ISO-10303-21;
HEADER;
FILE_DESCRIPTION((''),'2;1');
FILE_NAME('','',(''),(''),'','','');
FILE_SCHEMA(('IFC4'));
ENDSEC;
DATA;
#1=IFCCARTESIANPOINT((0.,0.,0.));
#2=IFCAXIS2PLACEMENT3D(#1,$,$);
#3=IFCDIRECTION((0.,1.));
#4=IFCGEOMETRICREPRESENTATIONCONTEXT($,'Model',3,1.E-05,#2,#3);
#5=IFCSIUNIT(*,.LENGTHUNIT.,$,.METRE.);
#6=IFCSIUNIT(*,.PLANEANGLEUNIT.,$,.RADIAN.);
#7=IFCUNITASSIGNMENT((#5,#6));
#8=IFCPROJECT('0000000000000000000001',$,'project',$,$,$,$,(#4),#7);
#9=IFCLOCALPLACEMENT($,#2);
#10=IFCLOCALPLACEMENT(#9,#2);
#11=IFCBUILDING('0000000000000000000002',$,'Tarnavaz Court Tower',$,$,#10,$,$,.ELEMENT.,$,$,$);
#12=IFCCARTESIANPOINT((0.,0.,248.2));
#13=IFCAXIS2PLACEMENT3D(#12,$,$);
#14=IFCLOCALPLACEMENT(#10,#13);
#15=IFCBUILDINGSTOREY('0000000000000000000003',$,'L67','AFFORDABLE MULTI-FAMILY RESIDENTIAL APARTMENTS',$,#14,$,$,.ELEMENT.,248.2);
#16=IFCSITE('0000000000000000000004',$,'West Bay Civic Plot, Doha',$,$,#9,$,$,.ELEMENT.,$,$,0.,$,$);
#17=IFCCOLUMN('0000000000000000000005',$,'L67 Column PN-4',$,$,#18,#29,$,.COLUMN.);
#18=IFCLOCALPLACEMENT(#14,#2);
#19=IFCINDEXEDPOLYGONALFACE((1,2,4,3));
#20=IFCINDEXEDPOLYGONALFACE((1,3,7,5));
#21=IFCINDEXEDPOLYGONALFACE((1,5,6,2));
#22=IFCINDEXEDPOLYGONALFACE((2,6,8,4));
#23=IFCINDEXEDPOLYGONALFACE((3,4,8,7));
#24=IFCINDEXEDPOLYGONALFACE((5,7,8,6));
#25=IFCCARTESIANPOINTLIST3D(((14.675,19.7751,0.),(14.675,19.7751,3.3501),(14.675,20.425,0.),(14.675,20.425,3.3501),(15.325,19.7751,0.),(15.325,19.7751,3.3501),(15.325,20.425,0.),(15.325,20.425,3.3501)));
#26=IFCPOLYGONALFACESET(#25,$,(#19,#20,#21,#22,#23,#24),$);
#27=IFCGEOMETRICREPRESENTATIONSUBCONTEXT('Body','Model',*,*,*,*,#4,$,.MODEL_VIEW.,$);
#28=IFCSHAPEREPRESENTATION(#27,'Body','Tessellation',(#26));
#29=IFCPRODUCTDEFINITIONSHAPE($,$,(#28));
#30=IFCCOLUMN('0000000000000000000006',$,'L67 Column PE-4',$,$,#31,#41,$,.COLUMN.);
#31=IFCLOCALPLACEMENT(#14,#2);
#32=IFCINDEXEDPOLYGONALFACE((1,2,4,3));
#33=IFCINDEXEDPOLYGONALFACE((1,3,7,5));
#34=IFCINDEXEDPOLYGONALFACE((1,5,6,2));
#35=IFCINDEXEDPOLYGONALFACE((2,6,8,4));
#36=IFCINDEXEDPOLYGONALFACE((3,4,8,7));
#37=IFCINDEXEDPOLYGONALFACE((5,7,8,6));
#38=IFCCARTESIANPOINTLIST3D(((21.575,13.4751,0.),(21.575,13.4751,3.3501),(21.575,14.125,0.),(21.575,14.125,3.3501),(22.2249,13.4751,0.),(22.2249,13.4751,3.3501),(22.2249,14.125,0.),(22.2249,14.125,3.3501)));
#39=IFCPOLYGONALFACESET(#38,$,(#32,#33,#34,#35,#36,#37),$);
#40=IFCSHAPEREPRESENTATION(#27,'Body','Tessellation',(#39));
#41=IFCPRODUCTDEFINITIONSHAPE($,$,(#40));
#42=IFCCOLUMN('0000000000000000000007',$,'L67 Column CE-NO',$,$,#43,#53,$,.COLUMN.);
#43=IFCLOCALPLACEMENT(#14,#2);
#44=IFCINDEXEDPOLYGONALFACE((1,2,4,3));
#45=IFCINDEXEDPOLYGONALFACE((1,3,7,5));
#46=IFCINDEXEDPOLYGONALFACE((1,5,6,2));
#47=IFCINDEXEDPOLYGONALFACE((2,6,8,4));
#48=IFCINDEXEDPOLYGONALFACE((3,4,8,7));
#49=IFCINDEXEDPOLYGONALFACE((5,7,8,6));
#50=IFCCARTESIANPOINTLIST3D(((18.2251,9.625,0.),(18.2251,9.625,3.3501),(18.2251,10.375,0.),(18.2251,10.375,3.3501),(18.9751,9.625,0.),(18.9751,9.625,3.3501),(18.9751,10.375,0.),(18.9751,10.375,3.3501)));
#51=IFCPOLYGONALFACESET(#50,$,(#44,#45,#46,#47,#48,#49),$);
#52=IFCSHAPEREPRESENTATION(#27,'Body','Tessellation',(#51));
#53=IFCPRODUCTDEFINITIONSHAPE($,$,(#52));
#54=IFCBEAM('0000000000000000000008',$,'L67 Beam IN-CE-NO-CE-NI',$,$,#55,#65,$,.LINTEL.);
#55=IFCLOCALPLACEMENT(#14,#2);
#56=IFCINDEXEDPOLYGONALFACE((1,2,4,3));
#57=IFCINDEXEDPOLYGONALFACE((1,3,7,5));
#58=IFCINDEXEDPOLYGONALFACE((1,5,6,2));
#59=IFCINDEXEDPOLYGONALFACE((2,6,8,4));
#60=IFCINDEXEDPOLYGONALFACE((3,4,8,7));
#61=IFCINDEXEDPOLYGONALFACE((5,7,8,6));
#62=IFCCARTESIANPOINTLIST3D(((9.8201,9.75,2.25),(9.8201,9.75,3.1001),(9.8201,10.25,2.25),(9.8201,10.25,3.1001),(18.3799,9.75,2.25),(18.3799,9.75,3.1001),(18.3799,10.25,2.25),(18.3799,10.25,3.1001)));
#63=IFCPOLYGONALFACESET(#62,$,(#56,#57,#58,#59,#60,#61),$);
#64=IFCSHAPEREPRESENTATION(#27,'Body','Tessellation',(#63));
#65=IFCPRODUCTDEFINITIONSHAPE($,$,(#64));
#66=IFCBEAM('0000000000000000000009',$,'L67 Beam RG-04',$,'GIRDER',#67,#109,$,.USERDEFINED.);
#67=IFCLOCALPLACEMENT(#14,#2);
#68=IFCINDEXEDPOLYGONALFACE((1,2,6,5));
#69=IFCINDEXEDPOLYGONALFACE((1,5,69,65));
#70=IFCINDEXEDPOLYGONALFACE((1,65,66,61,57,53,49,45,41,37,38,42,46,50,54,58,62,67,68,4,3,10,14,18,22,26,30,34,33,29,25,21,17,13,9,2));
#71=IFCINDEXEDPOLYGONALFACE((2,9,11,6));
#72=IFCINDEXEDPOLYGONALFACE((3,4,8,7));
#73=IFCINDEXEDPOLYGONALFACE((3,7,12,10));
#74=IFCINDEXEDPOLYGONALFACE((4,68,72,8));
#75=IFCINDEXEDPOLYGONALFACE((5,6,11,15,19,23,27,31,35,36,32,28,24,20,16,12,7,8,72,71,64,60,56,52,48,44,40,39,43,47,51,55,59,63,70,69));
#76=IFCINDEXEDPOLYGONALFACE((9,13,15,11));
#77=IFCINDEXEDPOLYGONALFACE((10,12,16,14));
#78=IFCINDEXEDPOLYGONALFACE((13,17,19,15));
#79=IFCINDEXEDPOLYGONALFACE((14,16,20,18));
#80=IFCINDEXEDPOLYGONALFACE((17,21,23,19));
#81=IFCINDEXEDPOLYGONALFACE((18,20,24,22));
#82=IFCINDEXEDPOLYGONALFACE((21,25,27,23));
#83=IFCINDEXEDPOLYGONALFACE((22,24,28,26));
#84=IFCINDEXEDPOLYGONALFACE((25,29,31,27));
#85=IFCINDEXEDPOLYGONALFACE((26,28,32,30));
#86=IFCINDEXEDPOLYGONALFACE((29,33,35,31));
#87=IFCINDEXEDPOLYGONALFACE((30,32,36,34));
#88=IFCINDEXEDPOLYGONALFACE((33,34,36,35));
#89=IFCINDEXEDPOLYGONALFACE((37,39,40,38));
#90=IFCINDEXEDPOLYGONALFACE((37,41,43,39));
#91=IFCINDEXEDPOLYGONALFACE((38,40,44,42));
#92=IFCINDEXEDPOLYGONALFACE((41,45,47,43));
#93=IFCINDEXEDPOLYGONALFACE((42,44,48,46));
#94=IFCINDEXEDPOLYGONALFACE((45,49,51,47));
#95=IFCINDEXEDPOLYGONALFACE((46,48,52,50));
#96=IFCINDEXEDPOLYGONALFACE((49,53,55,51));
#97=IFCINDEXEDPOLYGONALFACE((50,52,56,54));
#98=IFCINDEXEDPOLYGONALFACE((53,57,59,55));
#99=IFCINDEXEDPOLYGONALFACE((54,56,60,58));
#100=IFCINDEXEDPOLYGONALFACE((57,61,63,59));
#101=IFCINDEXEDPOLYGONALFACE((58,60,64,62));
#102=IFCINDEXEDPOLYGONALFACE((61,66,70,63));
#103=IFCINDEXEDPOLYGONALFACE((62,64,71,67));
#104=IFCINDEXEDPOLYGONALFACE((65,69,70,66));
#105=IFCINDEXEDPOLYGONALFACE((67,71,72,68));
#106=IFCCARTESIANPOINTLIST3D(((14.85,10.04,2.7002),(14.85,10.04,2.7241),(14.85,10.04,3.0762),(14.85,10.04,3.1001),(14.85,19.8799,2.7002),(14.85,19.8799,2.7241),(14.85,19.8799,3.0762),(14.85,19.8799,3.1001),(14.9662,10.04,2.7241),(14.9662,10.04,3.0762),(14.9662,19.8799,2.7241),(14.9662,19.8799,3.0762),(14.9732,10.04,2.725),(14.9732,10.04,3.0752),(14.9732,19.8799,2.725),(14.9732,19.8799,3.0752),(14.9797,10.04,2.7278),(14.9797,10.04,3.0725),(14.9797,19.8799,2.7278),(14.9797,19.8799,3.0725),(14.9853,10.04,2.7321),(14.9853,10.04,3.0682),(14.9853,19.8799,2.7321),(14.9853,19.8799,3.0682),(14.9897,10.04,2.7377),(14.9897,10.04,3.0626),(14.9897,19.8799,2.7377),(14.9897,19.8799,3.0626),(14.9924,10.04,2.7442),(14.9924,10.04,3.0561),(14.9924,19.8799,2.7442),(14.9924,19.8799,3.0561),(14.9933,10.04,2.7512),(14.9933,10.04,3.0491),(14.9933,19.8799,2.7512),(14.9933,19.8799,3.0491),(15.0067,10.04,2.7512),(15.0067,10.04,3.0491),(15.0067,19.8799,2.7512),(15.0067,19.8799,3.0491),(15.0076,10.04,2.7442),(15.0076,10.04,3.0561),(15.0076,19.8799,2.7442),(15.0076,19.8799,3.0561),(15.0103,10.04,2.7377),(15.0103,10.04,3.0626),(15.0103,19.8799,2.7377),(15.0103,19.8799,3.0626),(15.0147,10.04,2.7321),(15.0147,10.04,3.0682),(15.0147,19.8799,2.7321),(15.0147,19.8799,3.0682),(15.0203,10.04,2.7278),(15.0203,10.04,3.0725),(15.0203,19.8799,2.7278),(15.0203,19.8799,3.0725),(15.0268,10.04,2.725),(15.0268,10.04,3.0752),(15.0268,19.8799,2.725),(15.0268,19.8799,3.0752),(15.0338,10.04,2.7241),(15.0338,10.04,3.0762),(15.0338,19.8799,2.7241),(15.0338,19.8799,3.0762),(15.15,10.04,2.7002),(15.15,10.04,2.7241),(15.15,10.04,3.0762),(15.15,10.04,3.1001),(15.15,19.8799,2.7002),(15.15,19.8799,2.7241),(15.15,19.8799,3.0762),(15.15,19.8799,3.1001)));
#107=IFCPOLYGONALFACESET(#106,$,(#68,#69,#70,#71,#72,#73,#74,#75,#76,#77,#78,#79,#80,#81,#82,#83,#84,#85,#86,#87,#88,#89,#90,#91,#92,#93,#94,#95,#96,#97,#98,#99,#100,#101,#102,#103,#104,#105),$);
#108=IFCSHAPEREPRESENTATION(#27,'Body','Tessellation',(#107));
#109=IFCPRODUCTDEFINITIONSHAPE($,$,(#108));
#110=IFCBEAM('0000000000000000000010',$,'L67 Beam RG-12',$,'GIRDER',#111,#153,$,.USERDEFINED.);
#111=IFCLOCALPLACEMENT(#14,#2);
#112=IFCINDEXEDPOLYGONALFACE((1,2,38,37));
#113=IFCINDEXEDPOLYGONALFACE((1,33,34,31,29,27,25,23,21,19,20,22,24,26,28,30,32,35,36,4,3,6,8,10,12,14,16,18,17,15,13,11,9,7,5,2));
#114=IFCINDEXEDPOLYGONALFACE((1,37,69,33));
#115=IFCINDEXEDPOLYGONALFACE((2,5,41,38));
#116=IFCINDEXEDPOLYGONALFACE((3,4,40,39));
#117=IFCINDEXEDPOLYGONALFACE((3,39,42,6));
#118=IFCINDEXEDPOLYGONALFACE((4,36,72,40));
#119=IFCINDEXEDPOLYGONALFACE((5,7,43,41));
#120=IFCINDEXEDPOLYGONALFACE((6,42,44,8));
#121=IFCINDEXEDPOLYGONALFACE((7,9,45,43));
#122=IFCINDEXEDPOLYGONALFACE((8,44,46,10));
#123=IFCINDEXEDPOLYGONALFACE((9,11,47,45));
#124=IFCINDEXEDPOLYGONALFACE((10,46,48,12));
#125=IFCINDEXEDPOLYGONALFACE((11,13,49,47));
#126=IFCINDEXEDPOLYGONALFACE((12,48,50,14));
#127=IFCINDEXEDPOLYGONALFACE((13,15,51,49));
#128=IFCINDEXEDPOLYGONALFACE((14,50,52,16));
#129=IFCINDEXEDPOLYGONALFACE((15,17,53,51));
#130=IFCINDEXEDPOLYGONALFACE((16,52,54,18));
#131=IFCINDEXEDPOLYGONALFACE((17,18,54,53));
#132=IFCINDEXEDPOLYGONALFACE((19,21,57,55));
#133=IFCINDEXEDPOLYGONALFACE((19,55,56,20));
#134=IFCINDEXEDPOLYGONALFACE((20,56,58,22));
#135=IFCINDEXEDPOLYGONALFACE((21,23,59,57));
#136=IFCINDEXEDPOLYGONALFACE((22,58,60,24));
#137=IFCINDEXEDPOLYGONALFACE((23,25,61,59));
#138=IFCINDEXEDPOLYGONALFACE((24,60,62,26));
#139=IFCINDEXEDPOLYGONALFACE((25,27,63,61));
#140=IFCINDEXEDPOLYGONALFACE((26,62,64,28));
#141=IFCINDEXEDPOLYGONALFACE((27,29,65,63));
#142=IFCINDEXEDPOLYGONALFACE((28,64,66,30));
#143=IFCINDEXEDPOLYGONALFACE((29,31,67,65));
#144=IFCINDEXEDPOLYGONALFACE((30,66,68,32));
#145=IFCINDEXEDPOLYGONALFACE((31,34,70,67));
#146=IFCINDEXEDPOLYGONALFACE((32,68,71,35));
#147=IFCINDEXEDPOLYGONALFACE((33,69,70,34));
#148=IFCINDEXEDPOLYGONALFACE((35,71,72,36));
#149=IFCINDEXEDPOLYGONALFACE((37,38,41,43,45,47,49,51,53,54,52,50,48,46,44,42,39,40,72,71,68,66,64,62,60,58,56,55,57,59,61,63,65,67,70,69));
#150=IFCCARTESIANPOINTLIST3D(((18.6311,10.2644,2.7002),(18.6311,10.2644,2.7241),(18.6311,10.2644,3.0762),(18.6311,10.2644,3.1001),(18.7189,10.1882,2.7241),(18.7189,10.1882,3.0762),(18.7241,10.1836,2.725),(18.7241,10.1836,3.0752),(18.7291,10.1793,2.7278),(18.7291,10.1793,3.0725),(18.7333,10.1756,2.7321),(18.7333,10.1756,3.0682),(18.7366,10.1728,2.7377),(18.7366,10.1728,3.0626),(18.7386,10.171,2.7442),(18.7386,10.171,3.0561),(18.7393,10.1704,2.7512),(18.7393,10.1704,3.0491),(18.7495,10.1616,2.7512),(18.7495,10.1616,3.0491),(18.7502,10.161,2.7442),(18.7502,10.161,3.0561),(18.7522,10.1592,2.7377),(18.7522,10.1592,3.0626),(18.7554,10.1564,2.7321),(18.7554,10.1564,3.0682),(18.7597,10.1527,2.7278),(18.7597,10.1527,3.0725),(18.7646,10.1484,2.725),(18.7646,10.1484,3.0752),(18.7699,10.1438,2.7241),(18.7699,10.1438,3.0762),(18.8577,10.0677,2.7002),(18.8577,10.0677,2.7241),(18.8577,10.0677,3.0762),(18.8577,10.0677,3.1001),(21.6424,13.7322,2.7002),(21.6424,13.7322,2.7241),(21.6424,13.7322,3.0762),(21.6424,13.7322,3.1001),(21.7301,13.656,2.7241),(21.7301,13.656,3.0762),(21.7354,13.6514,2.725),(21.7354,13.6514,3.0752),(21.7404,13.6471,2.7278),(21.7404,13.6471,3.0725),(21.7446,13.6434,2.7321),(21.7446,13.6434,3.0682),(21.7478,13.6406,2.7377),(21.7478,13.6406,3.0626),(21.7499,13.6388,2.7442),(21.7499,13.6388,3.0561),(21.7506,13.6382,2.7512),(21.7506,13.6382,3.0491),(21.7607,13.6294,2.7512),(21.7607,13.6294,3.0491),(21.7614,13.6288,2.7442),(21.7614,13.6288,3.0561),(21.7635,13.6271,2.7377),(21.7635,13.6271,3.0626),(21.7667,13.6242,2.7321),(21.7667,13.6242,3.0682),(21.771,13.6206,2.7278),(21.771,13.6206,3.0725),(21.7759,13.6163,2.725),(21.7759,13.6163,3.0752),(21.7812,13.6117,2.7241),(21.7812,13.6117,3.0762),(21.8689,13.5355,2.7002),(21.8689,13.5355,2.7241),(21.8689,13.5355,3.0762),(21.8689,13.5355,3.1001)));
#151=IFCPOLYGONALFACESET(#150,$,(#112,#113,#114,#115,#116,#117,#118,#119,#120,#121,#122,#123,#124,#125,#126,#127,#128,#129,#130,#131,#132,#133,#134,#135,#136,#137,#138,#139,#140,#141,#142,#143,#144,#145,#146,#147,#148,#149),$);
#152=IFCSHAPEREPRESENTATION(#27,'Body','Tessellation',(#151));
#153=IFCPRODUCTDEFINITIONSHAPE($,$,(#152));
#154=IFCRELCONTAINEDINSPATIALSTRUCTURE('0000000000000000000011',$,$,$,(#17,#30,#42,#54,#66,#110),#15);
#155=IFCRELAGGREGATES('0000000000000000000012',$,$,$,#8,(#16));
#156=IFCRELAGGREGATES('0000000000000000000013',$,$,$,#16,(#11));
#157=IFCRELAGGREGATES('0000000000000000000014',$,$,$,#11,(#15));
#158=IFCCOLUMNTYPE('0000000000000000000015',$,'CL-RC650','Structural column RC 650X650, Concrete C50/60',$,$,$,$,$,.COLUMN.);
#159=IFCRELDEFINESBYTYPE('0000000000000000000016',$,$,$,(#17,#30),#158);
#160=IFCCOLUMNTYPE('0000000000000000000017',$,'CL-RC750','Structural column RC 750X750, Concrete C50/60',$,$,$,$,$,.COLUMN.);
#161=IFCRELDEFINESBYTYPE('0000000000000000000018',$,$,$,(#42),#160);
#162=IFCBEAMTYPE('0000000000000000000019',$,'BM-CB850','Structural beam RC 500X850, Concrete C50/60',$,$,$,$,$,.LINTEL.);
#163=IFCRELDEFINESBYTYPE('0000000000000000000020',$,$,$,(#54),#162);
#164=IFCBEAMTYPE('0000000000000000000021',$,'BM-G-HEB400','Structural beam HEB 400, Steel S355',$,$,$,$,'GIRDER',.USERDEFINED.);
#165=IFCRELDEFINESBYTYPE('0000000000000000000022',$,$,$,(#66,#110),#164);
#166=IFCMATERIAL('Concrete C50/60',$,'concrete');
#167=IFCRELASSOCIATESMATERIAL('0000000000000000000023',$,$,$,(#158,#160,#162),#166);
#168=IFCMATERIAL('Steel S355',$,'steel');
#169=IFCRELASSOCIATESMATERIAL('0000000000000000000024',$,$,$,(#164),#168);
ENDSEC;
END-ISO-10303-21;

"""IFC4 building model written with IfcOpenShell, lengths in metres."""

from ifc_helpers import new_model, si_unit, direction, frame, origin, origin_2d, place, context, subcontext, project, spatial, rectangle, i_section, extrude, material, material_profile, profile_set, type_object, element, save


model = new_model("IFC4")

# Units and contexts
model_context = context("Model", 3, precision=1e-05, world=origin(), true_north=direction((0.0, 1.0)))
body_context = subcontext(model_context, "Body", "Model", "MODEL_VIEW")
ifc_project = project(units=[si_unit("LENGTHUNIT", "METRE"), si_unit("PLANEANGLEUNIT", "RADIAN")], contexts=[model_context])

# Site, building, storey
site_placement = place(None, origin())
site = spatial("IfcSite", under=ifc_project, at=site_placement, Name="West Bay Civic Plot, Doha", CompositionType="ELEMENT", RefElevation=0.0)
building_placement = place(site_placement, origin())
building = spatial("IfcBuilding", under=site, at=building_placement, Name="Tarnavaz Court Tower", CompositionType="ELEMENT")
storey_placement = place(building_placement, frame((0.0, 0.0, 248.2)))
storey = spatial("IfcBuildingStorey", under=building, at=storey_placement, Name="L67", Description="AFFORDABLE MULTI-FAMILY RESIDENTIAL APARTMENTS", CompositionType="ELEMENT", Elevation=248.2)

# Columns
ifc_material_1 = material(Name="Concrete C50/60", Category="concrete")
ifc_material_profile_1 = material_profile(ifc_material_1, rectangle(XDim=0.6499, YDim=0.6499, at=origin_2d()), Name="RC 650X650")
ifc_profile_set_1 = profile_set([ifc_material_profile_1], Name="Concrete C50/60")
column_type_1 = type_object("IfcColumnType", Name="CL-RC650", Description="Structural column RC 650X650, Concrete C50/60", PredefinedType="COLUMN", material=ifc_profile_set_1)
for number, where, z_axis, x_axis, name in (
    (1, (15.0, 20.1001, 0.0), (0.0, 0.0, 1.0), (1.0, 0.0, 0.0), "L67 Column PN-4"),
    (2, (21.8999, 13.8, 0.0), (0.0, 0.0, 1.0), (1.0, 0.0, 0.0), "L67 Column PE-4"),
):
    element("IfcColumn", number, at=place(storey_placement, frame(where, z_axis=z_axis, x_axis=x_axis)), inside=storey, type_object=column_type_1, Name=name, PredefinedType="COLUMN", context=body_context, shape_type="SweptSolid", body=[
        extrude(rectangle(XDim=0.6499, YDim=0.6499, at=origin_2d()), origin(), (0.0, 0.0, 1.0), 3.3501),
    ])
ifc_material_profile_2 = material_profile(ifc_material_1, rectangle(XDim=0.75, YDim=0.75, at=origin_2d()), Name="RC 750X750")
ifc_profile_set_2 = profile_set([ifc_material_profile_2], Name="Concrete C50/60")
column_type_2 = type_object("IfcColumnType", Name="CL-RC750", Description="Structural column RC 750X750, Concrete C50/60", PredefinedType="COLUMN", material=ifc_profile_set_2)
column_placement = place(storey_placement, frame((18.6001, 10.0, 0.0), z_axis=(0.0, 0.0, 1.0), x_axis=(1.0, 0.0, 0.0)))
element("IfcColumn", 3, at=column_placement, inside=storey, type_object=column_type_2, Name="L67 Column CE-NO", PredefinedType="COLUMN", context=body_context, shape_type="SweptSolid", body=[
    extrude(rectangle(XDim=0.75, YDim=0.75, at=origin_2d()), origin(), (0.0, 0.0, 1.0), 3.3501),
])

# Beams
ifc_material_profile_3 = material_profile(ifc_material_1, rectangle(XDim=0.5, YDim=0.8501, at=origin_2d()), Name="RC 500X850")
ifc_profile_set_3 = profile_set([ifc_material_profile_3], Name="Concrete C50/60")
beam_type_1 = type_object("IfcBeamType", Name="BM-CB850", Description="Structural beam RC 500X850, Concrete C50/60", PredefinedType="LINTEL", material=ifc_profile_set_3)
beam_1_placement = place(storey_placement, frame((18.3799, 10.0, 2.675), z_axis=(-1.0, 0.0, 0.0), x_axis=(0.0, -1.0, 0.0)))
element("IfcBeam", 4, at=beam_1_placement, inside=storey, type_object=beam_type_1, Name="L67 Beam IN-CE-NO-CE-NI", PredefinedType="LINTEL", context=body_context, shape_type="SweptSolid", body=[
    extrude(rectangle(XDim=0.5, YDim=0.8501, at=origin_2d()), origin(), (0.0, 0.0, 1.0), 8.5598),
])
ifc_material_2 = material(Name="Steel S355", Category="steel")
ifc_material_profile_4 = material_profile(ifc_material_2, i_section(OverallWidth=0.3, OverallDepth=0.3999, WebThickness=0.0134, FlangeThickness=0.0239, FilletRadius=0.0271, at=origin_2d()), Name="HEB 400")
ifc_profile_set_4 = profile_set([ifc_material_profile_4], Name="Steel S355")
beam_type_2 = type_object("IfcBeamType", Name="BM-G-HEB400", Description="Structural beam HEB 400, Steel S355", ElementType="GIRDER", PredefinedType="USERDEFINED", material=ifc_profile_set_4)
beam_2_placement = place(storey_placement, frame((15.0, 10.04, 2.9001), z_axis=(0.0, 1.0, 0.0), x_axis=(-1.0, 0.0, 0.0)))
element("IfcBeam", 5, at=beam_2_placement, inside=storey, type_object=beam_type_2, Name="L67 Beam RG-04", ObjectType="GIRDER", PredefinedType="USERDEFINED", context=body_context, shape_type="SweptSolid", body=[
    extrude(i_section(OverallWidth=0.3, OverallDepth=0.3999, WebThickness=0.0134, FlangeThickness=0.0239, FilletRadius=0.0271, at=origin_2d()), origin(), (0.0, 0.0, 1.0), 9.8398),
])
beam_3_placement = place(storey_placement, frame((18.7444, 10.166, 2.9001), z_axis=(0.655655, 0.755061, 0.0), x_axis=(-0.755061, 0.655655, 0.0)))
element("IfcBeam", 6, at=beam_3_placement, inside=storey, type_object=beam_type_2, Name="L67 Beam RG-12", ObjectType="GIRDER", PredefinedType="USERDEFINED", context=body_context, shape_type="SweptSolid", body=[
    extrude(i_section(OverallWidth=0.3, OverallDepth=0.3999, WebThickness=0.0134, FlangeThickness=0.0239, FilletRadius=0.0271, at=origin_2d()), origin(), (0.0, 0.0, 1.0), 4.5928),
])

save(model, "model.ifc")
